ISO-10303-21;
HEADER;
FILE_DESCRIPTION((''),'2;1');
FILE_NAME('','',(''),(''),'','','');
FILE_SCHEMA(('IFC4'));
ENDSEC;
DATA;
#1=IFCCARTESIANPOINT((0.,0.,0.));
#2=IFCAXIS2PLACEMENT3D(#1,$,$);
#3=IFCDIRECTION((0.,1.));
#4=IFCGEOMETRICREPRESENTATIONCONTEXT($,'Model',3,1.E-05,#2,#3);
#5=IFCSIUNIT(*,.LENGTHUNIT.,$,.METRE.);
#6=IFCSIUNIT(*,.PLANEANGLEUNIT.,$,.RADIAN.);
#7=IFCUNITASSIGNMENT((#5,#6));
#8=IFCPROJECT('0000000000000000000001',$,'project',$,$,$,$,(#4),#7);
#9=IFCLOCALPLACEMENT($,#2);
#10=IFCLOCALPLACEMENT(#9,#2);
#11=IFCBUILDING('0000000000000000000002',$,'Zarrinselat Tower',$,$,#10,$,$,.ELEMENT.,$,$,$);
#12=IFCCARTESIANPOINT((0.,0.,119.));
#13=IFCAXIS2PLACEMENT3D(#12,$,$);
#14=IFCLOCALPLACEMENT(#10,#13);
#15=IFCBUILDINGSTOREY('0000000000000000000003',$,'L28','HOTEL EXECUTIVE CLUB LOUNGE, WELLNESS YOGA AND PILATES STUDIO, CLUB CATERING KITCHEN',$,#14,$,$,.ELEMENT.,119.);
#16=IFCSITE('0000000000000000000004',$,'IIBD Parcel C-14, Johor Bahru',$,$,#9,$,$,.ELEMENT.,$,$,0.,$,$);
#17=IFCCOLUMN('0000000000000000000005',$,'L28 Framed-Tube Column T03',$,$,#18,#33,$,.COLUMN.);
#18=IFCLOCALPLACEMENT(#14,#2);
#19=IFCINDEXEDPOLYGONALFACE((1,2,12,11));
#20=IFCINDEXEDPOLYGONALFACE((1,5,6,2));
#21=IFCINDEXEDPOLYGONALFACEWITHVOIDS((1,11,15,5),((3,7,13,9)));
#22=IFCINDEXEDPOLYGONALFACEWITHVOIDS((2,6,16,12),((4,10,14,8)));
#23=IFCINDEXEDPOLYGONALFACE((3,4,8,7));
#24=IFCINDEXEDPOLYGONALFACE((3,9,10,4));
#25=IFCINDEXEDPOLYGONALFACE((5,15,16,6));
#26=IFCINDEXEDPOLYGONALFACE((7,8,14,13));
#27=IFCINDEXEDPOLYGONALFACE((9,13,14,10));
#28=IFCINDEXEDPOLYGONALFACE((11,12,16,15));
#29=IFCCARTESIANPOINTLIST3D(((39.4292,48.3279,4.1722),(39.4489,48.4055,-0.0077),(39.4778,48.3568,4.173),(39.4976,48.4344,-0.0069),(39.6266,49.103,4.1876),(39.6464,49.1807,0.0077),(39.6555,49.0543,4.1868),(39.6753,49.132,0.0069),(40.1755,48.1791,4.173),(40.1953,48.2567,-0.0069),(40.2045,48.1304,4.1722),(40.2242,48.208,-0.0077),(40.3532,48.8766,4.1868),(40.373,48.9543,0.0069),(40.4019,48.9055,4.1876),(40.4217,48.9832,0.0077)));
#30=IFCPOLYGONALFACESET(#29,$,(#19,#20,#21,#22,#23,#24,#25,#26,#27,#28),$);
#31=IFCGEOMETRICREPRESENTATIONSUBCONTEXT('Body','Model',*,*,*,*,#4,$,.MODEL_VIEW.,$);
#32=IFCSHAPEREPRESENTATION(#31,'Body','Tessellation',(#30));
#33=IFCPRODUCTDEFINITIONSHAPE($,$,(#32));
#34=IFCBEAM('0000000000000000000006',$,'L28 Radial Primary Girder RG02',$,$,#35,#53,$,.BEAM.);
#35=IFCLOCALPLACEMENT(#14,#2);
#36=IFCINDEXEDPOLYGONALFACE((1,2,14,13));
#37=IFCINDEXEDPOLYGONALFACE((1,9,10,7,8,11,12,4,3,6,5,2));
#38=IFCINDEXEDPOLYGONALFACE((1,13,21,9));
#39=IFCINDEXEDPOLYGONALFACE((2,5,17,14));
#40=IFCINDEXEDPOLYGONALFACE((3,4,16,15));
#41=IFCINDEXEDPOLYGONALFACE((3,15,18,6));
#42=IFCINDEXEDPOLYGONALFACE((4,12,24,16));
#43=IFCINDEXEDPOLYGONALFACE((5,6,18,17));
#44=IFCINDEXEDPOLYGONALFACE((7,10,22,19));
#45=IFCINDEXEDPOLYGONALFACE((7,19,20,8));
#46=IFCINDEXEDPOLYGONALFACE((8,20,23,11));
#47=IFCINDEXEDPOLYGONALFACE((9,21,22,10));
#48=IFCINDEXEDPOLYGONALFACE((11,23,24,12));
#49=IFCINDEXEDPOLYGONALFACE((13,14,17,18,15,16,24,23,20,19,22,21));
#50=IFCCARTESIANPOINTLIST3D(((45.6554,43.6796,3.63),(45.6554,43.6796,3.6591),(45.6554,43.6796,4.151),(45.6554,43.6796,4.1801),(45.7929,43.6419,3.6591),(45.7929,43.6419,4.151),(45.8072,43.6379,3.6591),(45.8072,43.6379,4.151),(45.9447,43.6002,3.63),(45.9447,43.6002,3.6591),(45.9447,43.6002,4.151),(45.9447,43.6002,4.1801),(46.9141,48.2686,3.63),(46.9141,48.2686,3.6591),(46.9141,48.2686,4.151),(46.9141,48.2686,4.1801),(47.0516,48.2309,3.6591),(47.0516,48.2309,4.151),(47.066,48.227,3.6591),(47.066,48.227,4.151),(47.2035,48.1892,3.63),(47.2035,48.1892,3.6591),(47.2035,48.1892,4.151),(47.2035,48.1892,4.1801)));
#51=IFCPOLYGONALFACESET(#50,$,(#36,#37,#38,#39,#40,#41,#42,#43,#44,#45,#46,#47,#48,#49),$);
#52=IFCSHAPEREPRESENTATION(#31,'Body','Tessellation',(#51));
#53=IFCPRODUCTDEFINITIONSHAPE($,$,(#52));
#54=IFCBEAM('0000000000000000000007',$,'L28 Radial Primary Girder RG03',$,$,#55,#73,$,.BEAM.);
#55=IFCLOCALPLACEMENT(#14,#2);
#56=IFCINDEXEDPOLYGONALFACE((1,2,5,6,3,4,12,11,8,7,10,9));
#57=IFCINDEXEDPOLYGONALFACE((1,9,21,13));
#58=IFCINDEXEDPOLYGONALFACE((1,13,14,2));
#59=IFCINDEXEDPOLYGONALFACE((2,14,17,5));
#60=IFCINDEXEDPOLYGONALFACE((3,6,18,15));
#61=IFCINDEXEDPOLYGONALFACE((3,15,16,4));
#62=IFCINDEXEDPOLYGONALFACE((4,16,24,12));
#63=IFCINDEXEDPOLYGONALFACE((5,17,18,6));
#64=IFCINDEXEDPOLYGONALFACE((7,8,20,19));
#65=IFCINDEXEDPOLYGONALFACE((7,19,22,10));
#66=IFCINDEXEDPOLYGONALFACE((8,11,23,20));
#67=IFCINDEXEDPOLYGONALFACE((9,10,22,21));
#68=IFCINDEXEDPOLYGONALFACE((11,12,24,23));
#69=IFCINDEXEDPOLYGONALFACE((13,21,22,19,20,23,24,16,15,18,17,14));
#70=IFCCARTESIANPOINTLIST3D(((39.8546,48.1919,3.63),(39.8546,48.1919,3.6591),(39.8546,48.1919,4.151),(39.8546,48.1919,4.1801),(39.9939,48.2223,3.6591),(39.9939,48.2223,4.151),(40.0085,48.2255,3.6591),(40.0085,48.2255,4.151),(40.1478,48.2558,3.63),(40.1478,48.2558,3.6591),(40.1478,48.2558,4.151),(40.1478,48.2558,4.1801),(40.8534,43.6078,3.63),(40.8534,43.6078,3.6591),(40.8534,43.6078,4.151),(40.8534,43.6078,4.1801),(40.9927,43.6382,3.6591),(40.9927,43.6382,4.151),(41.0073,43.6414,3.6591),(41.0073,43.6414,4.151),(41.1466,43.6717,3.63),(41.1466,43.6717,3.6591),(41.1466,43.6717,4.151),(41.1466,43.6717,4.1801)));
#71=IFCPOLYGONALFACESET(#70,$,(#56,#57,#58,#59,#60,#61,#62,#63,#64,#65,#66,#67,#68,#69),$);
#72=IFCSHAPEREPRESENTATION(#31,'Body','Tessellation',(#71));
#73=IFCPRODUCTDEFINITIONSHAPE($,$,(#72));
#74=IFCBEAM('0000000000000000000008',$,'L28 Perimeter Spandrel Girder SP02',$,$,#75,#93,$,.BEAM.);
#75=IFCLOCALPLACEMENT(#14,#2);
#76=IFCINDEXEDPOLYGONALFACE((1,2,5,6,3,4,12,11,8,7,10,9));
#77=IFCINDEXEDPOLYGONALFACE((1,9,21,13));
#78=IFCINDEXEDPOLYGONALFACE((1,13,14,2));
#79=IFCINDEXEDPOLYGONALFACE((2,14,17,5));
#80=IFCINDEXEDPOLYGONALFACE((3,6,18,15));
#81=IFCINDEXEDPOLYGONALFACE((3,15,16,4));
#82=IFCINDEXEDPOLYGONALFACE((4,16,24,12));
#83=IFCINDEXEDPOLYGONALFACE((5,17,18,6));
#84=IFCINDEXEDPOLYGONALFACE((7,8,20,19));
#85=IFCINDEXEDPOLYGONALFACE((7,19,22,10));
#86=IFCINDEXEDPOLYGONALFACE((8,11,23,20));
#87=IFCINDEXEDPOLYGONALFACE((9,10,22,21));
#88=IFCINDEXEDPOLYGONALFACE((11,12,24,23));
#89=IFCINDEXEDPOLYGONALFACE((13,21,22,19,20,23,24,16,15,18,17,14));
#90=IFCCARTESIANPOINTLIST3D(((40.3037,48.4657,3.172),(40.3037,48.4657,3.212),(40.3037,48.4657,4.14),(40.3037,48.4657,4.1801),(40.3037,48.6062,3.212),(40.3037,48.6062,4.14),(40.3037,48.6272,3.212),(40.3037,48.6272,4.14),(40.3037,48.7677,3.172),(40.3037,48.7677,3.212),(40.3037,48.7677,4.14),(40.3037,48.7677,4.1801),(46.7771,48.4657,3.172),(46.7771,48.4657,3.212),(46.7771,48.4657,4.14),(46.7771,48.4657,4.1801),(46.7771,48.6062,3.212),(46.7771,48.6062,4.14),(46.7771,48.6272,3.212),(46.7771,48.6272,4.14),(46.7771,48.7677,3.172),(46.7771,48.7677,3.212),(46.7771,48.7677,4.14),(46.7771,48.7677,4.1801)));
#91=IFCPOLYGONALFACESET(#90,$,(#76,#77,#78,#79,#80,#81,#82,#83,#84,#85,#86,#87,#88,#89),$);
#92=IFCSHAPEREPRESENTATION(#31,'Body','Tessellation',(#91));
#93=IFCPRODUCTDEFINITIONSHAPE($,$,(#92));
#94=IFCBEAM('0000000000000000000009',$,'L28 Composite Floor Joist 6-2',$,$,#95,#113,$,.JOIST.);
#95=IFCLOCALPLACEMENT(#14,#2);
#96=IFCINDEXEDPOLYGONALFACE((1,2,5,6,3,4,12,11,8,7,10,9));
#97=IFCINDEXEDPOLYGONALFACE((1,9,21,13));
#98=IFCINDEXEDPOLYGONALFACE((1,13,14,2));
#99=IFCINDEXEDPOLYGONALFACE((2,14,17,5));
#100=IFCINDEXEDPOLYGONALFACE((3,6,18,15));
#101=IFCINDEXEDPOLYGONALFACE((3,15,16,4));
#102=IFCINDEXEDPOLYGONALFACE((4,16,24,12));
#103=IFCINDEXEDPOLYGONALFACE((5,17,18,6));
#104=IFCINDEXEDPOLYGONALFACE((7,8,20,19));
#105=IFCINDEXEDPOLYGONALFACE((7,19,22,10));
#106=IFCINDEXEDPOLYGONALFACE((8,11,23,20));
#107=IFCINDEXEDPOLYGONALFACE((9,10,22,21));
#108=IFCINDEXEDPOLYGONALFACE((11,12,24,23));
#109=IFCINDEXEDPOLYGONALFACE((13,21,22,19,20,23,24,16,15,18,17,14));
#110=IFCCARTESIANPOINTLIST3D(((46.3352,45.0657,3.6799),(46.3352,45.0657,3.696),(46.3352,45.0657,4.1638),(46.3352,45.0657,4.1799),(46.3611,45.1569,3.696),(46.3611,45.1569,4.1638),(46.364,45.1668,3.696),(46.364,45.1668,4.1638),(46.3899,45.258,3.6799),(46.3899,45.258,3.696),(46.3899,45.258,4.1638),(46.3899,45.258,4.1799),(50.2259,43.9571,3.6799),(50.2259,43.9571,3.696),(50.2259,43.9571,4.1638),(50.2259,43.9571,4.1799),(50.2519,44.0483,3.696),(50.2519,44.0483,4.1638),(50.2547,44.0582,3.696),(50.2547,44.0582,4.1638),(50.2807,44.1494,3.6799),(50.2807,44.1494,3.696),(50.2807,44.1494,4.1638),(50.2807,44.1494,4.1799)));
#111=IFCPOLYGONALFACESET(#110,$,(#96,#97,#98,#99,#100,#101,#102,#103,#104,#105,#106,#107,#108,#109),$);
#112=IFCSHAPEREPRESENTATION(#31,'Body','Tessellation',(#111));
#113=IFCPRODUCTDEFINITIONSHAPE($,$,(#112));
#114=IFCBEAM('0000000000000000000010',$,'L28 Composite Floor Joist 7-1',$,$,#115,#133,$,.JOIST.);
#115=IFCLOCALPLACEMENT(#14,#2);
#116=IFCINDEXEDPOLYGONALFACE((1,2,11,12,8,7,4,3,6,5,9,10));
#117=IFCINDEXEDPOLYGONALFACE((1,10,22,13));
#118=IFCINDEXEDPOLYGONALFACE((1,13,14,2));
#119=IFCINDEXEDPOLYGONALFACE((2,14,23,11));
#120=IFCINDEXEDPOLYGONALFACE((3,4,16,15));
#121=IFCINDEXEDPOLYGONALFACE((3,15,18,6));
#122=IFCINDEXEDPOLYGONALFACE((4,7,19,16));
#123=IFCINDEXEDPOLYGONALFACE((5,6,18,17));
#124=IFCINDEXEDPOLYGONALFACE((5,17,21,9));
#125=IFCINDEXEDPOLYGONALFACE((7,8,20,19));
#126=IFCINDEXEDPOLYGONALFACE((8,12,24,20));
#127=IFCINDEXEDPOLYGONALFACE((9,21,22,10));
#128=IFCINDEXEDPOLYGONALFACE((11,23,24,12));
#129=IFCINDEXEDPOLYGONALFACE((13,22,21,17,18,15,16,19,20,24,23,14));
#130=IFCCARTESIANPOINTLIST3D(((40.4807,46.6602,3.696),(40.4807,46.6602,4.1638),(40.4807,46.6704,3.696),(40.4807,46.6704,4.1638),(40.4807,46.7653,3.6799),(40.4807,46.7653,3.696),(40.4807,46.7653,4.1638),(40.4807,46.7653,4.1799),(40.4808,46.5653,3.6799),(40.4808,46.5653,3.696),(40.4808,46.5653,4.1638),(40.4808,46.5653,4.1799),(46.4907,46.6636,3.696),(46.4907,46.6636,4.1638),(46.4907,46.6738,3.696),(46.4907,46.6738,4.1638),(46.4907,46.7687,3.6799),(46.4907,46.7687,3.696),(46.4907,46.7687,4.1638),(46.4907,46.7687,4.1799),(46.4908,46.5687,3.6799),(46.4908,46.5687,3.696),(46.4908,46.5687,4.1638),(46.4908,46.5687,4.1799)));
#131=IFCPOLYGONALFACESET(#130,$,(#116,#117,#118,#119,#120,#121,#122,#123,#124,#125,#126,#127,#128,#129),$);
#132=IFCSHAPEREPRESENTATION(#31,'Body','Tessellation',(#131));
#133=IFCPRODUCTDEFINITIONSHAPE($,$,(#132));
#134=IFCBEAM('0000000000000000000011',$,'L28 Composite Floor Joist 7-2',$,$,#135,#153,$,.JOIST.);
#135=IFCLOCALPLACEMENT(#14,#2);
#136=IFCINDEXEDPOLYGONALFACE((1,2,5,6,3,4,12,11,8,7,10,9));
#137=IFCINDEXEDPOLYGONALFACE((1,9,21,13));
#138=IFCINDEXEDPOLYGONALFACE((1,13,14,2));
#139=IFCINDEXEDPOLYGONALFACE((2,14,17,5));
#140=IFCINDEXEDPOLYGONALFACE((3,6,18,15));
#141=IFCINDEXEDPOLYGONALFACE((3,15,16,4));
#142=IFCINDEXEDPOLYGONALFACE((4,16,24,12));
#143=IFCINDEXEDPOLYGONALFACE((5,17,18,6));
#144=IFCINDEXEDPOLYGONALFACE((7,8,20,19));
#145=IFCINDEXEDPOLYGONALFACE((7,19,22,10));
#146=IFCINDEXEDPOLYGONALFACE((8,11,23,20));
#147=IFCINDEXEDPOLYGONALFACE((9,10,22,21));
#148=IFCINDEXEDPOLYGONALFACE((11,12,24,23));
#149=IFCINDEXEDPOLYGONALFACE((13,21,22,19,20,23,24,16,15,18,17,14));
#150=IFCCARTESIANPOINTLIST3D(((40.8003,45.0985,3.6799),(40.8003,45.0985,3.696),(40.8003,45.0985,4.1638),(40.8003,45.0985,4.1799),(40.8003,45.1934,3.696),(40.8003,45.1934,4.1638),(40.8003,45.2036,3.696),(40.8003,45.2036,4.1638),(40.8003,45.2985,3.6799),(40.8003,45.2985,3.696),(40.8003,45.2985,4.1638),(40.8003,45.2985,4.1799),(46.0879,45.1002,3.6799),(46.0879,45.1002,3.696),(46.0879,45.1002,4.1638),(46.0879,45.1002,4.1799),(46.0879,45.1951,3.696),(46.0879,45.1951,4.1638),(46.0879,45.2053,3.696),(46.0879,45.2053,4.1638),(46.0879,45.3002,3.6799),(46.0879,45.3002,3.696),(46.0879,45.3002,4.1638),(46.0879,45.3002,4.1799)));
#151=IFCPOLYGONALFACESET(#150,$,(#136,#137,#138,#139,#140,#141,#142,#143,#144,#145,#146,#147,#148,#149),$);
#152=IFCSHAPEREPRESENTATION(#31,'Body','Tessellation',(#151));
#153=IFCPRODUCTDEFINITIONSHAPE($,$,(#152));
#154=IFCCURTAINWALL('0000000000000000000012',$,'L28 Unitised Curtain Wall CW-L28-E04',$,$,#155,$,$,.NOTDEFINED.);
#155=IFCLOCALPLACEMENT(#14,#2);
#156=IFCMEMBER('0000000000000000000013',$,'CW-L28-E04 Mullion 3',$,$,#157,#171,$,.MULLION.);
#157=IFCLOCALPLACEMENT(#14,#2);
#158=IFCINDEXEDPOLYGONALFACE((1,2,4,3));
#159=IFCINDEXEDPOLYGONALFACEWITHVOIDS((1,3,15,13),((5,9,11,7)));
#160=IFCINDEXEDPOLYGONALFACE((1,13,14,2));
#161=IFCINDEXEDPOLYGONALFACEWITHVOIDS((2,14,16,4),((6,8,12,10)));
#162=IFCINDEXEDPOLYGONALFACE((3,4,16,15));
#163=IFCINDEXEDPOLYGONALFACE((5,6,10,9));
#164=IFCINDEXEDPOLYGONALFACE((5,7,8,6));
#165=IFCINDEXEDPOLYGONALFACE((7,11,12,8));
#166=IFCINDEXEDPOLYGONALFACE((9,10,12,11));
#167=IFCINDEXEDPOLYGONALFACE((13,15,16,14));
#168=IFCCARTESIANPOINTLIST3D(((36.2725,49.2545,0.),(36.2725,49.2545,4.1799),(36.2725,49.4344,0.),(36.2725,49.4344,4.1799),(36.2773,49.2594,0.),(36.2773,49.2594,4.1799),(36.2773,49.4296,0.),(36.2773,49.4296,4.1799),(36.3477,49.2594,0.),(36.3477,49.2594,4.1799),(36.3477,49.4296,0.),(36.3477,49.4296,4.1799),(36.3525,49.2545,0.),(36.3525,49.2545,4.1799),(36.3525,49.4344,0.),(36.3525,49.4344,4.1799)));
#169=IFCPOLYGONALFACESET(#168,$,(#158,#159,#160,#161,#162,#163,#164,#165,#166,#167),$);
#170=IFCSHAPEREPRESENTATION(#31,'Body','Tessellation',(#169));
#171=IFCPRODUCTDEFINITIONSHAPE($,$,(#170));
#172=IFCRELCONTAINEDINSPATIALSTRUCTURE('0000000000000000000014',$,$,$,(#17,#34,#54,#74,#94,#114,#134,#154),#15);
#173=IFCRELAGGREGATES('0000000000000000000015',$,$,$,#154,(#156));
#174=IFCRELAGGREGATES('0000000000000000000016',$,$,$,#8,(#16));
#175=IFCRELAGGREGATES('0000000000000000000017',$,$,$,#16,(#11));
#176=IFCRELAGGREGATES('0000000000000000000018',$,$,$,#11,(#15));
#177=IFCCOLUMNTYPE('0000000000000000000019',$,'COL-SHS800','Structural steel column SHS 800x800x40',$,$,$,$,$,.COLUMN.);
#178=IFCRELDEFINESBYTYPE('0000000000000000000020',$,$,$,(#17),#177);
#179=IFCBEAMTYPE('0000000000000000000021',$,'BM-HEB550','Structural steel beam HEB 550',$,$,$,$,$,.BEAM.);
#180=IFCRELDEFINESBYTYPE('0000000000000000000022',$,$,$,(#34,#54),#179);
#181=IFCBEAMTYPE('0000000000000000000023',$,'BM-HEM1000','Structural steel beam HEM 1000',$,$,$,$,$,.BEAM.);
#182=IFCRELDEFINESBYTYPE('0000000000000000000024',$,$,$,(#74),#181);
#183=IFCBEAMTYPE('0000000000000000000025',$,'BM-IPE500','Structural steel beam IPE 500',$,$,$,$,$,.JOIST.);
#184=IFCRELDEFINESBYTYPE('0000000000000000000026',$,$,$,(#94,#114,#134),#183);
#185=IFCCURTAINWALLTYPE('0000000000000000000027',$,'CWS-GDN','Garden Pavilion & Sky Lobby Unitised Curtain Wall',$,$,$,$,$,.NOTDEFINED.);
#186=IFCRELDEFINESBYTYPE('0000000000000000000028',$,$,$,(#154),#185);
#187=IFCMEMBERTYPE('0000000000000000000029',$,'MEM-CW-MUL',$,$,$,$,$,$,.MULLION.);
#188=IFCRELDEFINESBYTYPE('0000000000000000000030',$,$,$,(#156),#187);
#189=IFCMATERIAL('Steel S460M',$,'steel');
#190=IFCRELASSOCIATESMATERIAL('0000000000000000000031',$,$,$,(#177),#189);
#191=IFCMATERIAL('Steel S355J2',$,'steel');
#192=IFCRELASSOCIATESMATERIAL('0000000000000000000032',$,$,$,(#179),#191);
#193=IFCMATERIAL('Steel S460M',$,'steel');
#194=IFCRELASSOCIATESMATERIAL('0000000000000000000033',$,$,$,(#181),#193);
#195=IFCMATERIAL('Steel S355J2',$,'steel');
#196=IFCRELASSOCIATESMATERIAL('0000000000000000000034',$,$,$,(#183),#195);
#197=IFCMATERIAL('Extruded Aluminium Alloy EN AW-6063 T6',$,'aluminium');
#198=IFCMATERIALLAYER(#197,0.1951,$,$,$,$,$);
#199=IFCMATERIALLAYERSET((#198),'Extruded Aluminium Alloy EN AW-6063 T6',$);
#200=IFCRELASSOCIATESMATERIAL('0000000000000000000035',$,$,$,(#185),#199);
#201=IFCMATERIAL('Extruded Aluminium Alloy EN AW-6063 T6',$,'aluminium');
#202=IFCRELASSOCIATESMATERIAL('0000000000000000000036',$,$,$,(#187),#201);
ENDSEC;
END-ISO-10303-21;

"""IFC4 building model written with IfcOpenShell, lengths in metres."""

from ifc_helpers import new_model, si_unit, direction, frame, origin, origin_2d, place, context, subcontext, project, spatial, hollow_rectangle, i_section, extrude, material, layer, layer_set, material_profile, profile_set, type_object, element, aggregate, save


model = new_model("IFC4")

# Units and contexts
model_context = context("Model", 3, precision=1e-05, world=origin(), true_north=direction((0.0, 1.0)))
body_context = subcontext(model_context, "Body", "Model", "MODEL_VIEW")
ifc_project = project(units=[si_unit("LENGTHUNIT", "METRE"), si_unit("PLANEANGLEUNIT", "RADIAN")], contexts=[model_context])

# Site, building, storey
site_placement = place(None, origin())
site = spatial("IfcSite", under=ifc_project, at=site_placement, Name="IIBD Parcel C-14, Johor Bahru", CompositionType="ELEMENT", RefElevation=0.0)
building_placement = place(site_placement, origin())
building = spatial("IfcBuilding", under=site, at=building_placement, Name="Zarrinselat Tower", CompositionType="ELEMENT")
storey_placement = place(building_placement, frame((0.0, 0.0, 119.0)))
storey = spatial("IfcBuildingStorey", under=building, at=storey_placement, Name="L28", Description="HOTEL EXECUTIVE CLUB LOUNGE, WELLNESS YOGA AND PILATES STUDIO, CLUB CATERING KITCHEN", CompositionType="ELEMENT", Elevation=119.0)

# Column
ifc_material_1 = material(Name="Steel S460M", Category="steel")
ifc_material_profile_1 = material_profile(ifc_material_1, hollow_rectangle(XDim=0.8, YDim=0.8, WallThickness=0.04, at=origin_2d()), Name="SHS 800x800x40")
ifc_profile_set_1 = profile_set([ifc_material_profile_1], Name="Steel S460M")
column_type = type_object("IfcColumnType", Name="COL-SHS800", Description="Structural steel column SHS 800x800x40", PredefinedType="COLUMN", material=ifc_profile_set_1)
column_placement = place(storey_placement, frame((39.9353, 48.6943, 0.0), z_axis=(-0.00473, -0.01857, 0.999816), x_axis=(0.969057, -0.246835, 0.0)))
element("IfcColumn", 1, at=column_placement, inside=storey, type_object=column_type, Name="L28 Framed-Tube Column T03", PredefinedType="COLUMN", context=body_context, shape_type="SweptSolid", body=[
    extrude(hollow_rectangle(XDim=0.8, YDim=0.8, WallThickness=0.04, at=origin_2d()), origin(), (0.0, 0.0, 1.0), 4.1807),
])

# Beams
ifc_material_2 = material(Name="Steel S355J2", Category="steel")
ifc_material_profile_2 = material_profile(ifc_material_2, i_section(OverallWidth=0.3, OverallDepth=0.55, WebThickness=0.0149, FlangeThickness=0.0291, at=origin_2d()), Name="HEB 550")
ifc_profile_set_2 = profile_set([ifc_material_profile_2], Name="Steel S355J2")
beam_type_1 = type_object("IfcBeamType", Name="BM-HEB550", Description="Structural steel beam HEB 550", PredefinedType="BEAM", material=ifc_profile_set_2)
beam_1_placement = place(storey_placement, frame((45.8, 43.6399, 3.905), z_axis=(0.264528, 0.964378, 0.0), x_axis=(-0.964378, 0.264528, 0.0)))
element("IfcBeam", 2, at=beam_1_placement, inside=storey, type_object=beam_type_1, Name="L28 Radial Primary Girder RG02", PredefinedType="BEAM", context=body_context, shape_type="SweptSolid", body=[
    extrude(i_section(OverallWidth=0.3, OverallDepth=0.55, WebThickness=0.0149, FlangeThickness=0.0291, at=origin_2d()), origin(), (0.0, 0.0, 1.0), 4.7585),
])
beam_2_placement = place(storey_placement, frame((40.0012, 48.2239, 3.905), z_axis=(0.21289, -0.977076, 0.0), x_axis=(0.977076, 0.21289, 0.0)))
element("IfcBeam", 3, at=beam_2_placement, inside=storey, type_object=beam_type_1, Name="L28 Radial Primary Girder RG03", PredefinedType="BEAM", context=body_context, shape_type="SweptSolid", body=[
    extrude(i_section(OverallWidth=0.3, OverallDepth=0.55, WebThickness=0.0149, FlangeThickness=0.0291, at=origin_2d()), origin(), (0.0, 0.0, 1.0), 4.6917),
])
ifc_material_3 = material(Name="Steel S460M", Category="steel")
ifc_material_profile_3 = material_profile(ifc_material_3, i_section(OverallWidth=0.302, OverallDepth=1.0081, WebThickness=0.021, FlangeThickness=0.04, at=origin_2d()), Name="HEM 1000")
ifc_profile_set_3 = profile_set([ifc_material_profile_3], Name="Steel S460M")
beam_type_2 = type_object("IfcBeamType", Name="BM-HEM1000", Description="Structural steel beam HEM 1000", PredefinedType="BEAM", material=ifc_profile_set_3)
beam_3_placement = place(storey_placement, frame((40.3037, 48.6167, 3.676), z_axis=(1.0, 0.0, 0.0), x_axis=(0.0, 1.0, 0.0)))
element("IfcBeam", 4, at=beam_3_placement, inside=storey, type_object=beam_type_2, Name="L28 Perimeter Spandrel Girder SP02", PredefinedType="BEAM", context=body_context, shape_type="SweptSolid", body=[
    extrude(i_section(OverallWidth=0.302, OverallDepth=1.0081, WebThickness=0.021, FlangeThickness=0.04, at=origin_2d()), origin(), (0.0, 0.0, 1.0), 6.4734),
])
ifc_material_4 = material(Name="Steel S355J2", Category="steel")
ifc_material_profile_4 = material_profile(ifc_material_4, i_section(OverallWidth=0.2, OverallDepth=0.5, WebThickness=0.0103, FlangeThickness=0.0161, at=origin_2d()), Name="IPE 500")
ifc_profile_set_4 = profile_set([ifc_material_profile_4], Name="Steel S355J2")
beam_type_3 = type_object("IfcBeamType", Name="BM-IPE500", Description="Structural steel beam IPE 500", PredefinedType="JOIST", material=ifc_profile_set_4)
beam_4_placement = place(storey_placement, frame((46.3625, 45.1619, 3.9299), z_axis=(0.961722, -0.274028, 0.0), x_axis=(0.274028, 0.961722, 0.0)))
element("IfcBeam", 5, at=beam_4_placement, inside=storey, type_object=beam_type_3, Name="L28 Composite Floor Joist 6-2", PredefinedType="JOIST", context=body_context, shape_type="SweptSolid", body=[
    extrude(i_section(OverallWidth=0.2, OverallDepth=0.5, WebThickness=0.0103, FlangeThickness=0.0161, at=origin_2d()), origin(), (0.0, 0.0, 1.0), 4.0457),
])
beam_5_placement = place(storey_placement, frame((40.4807, 46.6653, 3.9299), z_axis=(1.0, 0.000569, 0.0), x_axis=(-0.000569, 1.0, 0.0)))
element("IfcBeam", 6, at=beam_5_placement, inside=storey, type_object=beam_type_3, Name="L28 Composite Floor Joist 7-1", PredefinedType="JOIST", context=body_context, shape_type="SweptSolid", body=[
    extrude(i_section(OverallWidth=0.2, OverallDepth=0.5, WebThickness=0.0103, FlangeThickness=0.0161, at=origin_2d()), origin(), (0.0, 0.0, 1.0), 6.01),
])
beam_6_placement = place(storey_placement, frame((40.8003, 45.1985, 3.9299), z_axis=(1.0, 0.000323, 0.0), x_axis=(-0.000323, 1.0, 0.0)))
element("IfcBeam", 7, at=beam_6_placement, inside=storey, type_object=beam_type_3, Name="L28 Composite Floor Joist 7-2", PredefinedType="JOIST", context=body_context, shape_type="SweptSolid", body=[
    extrude(i_section(OverallWidth=0.2, OverallDepth=0.5, WebThickness=0.0103, FlangeThickness=0.0161, at=origin_2d()), origin(), (0.0, 0.0, 1.0), 5.2876),
])

# Curtain wall, member
ifc_material_5 = material(Name="Extruded Aluminium Alloy EN AW-6063 T6", Category="aluminium")
ifc_layer_1 = layer(ifc_material_5, 0.1951)
ifc_layer_set_1 = layer_set([ifc_layer_1], Name="Extruded Aluminium Alloy EN AW-6063 T6")
curtain_wall_type = type_object("IfcCurtainWallType", Name="CWS-GDN", Description="Garden Pavilion & Sky Lobby Unitised Curtain Wall", PredefinedType="NOTDEFINED", material=ifc_layer_set_1)
curtain_wall_placement = place(storey_placement, origin())
curtain_wall = element("IfcCurtainWall", 8, at=curtain_wall_placement, inside=storey, type_object=curtain_wall_type, Name="L28 Unitised Curtain Wall CW-L28-E04", PredefinedType="NOTDEFINED")
ifc_material_6 = material(Name="Extruded Aluminium Alloy EN AW-6063 T6", Category="aluminium")
ifc_material_profile_5 = material_profile(ifc_material_6, hollow_rectangle(XDim=0.0801, YDim=0.1799, WallThickness=0.0049, at=origin_2d()), Name="RHS 180x80x5")
ifc_profile_set_5 = profile_set([ifc_material_profile_5], Name="Extruded Aluminium Alloy EN AW-6063 T6")
member_type_1 = type_object("IfcMemberType", Name="MEM-CW-MUL", PredefinedType="MULLION", material=ifc_profile_set_5)
member_1_placement = place(storey_placement, frame((36.3125, 49.3445, 0.0), z_axis=(0.0, 0.0, 1.0), x_axis=(1.0, 0.0, 0.0)))
member_1 = element("IfcMember", 9, at=member_1_placement, type_object=member_type_1, Name="CW-L28-E04 Mullion 3", PredefinedType="MULLION", context=body_context, shape_type="SweptSolid", body=[
    extrude(hollow_rectangle(XDim=0.0801, YDim=0.1799, WallThickness=0.0049, at=origin_2d()), origin(), (0.0, 0.0, 1.0), 4.1799),
])
aggregate(curtain_wall, [member_1])

save(model, "model.ifc")
